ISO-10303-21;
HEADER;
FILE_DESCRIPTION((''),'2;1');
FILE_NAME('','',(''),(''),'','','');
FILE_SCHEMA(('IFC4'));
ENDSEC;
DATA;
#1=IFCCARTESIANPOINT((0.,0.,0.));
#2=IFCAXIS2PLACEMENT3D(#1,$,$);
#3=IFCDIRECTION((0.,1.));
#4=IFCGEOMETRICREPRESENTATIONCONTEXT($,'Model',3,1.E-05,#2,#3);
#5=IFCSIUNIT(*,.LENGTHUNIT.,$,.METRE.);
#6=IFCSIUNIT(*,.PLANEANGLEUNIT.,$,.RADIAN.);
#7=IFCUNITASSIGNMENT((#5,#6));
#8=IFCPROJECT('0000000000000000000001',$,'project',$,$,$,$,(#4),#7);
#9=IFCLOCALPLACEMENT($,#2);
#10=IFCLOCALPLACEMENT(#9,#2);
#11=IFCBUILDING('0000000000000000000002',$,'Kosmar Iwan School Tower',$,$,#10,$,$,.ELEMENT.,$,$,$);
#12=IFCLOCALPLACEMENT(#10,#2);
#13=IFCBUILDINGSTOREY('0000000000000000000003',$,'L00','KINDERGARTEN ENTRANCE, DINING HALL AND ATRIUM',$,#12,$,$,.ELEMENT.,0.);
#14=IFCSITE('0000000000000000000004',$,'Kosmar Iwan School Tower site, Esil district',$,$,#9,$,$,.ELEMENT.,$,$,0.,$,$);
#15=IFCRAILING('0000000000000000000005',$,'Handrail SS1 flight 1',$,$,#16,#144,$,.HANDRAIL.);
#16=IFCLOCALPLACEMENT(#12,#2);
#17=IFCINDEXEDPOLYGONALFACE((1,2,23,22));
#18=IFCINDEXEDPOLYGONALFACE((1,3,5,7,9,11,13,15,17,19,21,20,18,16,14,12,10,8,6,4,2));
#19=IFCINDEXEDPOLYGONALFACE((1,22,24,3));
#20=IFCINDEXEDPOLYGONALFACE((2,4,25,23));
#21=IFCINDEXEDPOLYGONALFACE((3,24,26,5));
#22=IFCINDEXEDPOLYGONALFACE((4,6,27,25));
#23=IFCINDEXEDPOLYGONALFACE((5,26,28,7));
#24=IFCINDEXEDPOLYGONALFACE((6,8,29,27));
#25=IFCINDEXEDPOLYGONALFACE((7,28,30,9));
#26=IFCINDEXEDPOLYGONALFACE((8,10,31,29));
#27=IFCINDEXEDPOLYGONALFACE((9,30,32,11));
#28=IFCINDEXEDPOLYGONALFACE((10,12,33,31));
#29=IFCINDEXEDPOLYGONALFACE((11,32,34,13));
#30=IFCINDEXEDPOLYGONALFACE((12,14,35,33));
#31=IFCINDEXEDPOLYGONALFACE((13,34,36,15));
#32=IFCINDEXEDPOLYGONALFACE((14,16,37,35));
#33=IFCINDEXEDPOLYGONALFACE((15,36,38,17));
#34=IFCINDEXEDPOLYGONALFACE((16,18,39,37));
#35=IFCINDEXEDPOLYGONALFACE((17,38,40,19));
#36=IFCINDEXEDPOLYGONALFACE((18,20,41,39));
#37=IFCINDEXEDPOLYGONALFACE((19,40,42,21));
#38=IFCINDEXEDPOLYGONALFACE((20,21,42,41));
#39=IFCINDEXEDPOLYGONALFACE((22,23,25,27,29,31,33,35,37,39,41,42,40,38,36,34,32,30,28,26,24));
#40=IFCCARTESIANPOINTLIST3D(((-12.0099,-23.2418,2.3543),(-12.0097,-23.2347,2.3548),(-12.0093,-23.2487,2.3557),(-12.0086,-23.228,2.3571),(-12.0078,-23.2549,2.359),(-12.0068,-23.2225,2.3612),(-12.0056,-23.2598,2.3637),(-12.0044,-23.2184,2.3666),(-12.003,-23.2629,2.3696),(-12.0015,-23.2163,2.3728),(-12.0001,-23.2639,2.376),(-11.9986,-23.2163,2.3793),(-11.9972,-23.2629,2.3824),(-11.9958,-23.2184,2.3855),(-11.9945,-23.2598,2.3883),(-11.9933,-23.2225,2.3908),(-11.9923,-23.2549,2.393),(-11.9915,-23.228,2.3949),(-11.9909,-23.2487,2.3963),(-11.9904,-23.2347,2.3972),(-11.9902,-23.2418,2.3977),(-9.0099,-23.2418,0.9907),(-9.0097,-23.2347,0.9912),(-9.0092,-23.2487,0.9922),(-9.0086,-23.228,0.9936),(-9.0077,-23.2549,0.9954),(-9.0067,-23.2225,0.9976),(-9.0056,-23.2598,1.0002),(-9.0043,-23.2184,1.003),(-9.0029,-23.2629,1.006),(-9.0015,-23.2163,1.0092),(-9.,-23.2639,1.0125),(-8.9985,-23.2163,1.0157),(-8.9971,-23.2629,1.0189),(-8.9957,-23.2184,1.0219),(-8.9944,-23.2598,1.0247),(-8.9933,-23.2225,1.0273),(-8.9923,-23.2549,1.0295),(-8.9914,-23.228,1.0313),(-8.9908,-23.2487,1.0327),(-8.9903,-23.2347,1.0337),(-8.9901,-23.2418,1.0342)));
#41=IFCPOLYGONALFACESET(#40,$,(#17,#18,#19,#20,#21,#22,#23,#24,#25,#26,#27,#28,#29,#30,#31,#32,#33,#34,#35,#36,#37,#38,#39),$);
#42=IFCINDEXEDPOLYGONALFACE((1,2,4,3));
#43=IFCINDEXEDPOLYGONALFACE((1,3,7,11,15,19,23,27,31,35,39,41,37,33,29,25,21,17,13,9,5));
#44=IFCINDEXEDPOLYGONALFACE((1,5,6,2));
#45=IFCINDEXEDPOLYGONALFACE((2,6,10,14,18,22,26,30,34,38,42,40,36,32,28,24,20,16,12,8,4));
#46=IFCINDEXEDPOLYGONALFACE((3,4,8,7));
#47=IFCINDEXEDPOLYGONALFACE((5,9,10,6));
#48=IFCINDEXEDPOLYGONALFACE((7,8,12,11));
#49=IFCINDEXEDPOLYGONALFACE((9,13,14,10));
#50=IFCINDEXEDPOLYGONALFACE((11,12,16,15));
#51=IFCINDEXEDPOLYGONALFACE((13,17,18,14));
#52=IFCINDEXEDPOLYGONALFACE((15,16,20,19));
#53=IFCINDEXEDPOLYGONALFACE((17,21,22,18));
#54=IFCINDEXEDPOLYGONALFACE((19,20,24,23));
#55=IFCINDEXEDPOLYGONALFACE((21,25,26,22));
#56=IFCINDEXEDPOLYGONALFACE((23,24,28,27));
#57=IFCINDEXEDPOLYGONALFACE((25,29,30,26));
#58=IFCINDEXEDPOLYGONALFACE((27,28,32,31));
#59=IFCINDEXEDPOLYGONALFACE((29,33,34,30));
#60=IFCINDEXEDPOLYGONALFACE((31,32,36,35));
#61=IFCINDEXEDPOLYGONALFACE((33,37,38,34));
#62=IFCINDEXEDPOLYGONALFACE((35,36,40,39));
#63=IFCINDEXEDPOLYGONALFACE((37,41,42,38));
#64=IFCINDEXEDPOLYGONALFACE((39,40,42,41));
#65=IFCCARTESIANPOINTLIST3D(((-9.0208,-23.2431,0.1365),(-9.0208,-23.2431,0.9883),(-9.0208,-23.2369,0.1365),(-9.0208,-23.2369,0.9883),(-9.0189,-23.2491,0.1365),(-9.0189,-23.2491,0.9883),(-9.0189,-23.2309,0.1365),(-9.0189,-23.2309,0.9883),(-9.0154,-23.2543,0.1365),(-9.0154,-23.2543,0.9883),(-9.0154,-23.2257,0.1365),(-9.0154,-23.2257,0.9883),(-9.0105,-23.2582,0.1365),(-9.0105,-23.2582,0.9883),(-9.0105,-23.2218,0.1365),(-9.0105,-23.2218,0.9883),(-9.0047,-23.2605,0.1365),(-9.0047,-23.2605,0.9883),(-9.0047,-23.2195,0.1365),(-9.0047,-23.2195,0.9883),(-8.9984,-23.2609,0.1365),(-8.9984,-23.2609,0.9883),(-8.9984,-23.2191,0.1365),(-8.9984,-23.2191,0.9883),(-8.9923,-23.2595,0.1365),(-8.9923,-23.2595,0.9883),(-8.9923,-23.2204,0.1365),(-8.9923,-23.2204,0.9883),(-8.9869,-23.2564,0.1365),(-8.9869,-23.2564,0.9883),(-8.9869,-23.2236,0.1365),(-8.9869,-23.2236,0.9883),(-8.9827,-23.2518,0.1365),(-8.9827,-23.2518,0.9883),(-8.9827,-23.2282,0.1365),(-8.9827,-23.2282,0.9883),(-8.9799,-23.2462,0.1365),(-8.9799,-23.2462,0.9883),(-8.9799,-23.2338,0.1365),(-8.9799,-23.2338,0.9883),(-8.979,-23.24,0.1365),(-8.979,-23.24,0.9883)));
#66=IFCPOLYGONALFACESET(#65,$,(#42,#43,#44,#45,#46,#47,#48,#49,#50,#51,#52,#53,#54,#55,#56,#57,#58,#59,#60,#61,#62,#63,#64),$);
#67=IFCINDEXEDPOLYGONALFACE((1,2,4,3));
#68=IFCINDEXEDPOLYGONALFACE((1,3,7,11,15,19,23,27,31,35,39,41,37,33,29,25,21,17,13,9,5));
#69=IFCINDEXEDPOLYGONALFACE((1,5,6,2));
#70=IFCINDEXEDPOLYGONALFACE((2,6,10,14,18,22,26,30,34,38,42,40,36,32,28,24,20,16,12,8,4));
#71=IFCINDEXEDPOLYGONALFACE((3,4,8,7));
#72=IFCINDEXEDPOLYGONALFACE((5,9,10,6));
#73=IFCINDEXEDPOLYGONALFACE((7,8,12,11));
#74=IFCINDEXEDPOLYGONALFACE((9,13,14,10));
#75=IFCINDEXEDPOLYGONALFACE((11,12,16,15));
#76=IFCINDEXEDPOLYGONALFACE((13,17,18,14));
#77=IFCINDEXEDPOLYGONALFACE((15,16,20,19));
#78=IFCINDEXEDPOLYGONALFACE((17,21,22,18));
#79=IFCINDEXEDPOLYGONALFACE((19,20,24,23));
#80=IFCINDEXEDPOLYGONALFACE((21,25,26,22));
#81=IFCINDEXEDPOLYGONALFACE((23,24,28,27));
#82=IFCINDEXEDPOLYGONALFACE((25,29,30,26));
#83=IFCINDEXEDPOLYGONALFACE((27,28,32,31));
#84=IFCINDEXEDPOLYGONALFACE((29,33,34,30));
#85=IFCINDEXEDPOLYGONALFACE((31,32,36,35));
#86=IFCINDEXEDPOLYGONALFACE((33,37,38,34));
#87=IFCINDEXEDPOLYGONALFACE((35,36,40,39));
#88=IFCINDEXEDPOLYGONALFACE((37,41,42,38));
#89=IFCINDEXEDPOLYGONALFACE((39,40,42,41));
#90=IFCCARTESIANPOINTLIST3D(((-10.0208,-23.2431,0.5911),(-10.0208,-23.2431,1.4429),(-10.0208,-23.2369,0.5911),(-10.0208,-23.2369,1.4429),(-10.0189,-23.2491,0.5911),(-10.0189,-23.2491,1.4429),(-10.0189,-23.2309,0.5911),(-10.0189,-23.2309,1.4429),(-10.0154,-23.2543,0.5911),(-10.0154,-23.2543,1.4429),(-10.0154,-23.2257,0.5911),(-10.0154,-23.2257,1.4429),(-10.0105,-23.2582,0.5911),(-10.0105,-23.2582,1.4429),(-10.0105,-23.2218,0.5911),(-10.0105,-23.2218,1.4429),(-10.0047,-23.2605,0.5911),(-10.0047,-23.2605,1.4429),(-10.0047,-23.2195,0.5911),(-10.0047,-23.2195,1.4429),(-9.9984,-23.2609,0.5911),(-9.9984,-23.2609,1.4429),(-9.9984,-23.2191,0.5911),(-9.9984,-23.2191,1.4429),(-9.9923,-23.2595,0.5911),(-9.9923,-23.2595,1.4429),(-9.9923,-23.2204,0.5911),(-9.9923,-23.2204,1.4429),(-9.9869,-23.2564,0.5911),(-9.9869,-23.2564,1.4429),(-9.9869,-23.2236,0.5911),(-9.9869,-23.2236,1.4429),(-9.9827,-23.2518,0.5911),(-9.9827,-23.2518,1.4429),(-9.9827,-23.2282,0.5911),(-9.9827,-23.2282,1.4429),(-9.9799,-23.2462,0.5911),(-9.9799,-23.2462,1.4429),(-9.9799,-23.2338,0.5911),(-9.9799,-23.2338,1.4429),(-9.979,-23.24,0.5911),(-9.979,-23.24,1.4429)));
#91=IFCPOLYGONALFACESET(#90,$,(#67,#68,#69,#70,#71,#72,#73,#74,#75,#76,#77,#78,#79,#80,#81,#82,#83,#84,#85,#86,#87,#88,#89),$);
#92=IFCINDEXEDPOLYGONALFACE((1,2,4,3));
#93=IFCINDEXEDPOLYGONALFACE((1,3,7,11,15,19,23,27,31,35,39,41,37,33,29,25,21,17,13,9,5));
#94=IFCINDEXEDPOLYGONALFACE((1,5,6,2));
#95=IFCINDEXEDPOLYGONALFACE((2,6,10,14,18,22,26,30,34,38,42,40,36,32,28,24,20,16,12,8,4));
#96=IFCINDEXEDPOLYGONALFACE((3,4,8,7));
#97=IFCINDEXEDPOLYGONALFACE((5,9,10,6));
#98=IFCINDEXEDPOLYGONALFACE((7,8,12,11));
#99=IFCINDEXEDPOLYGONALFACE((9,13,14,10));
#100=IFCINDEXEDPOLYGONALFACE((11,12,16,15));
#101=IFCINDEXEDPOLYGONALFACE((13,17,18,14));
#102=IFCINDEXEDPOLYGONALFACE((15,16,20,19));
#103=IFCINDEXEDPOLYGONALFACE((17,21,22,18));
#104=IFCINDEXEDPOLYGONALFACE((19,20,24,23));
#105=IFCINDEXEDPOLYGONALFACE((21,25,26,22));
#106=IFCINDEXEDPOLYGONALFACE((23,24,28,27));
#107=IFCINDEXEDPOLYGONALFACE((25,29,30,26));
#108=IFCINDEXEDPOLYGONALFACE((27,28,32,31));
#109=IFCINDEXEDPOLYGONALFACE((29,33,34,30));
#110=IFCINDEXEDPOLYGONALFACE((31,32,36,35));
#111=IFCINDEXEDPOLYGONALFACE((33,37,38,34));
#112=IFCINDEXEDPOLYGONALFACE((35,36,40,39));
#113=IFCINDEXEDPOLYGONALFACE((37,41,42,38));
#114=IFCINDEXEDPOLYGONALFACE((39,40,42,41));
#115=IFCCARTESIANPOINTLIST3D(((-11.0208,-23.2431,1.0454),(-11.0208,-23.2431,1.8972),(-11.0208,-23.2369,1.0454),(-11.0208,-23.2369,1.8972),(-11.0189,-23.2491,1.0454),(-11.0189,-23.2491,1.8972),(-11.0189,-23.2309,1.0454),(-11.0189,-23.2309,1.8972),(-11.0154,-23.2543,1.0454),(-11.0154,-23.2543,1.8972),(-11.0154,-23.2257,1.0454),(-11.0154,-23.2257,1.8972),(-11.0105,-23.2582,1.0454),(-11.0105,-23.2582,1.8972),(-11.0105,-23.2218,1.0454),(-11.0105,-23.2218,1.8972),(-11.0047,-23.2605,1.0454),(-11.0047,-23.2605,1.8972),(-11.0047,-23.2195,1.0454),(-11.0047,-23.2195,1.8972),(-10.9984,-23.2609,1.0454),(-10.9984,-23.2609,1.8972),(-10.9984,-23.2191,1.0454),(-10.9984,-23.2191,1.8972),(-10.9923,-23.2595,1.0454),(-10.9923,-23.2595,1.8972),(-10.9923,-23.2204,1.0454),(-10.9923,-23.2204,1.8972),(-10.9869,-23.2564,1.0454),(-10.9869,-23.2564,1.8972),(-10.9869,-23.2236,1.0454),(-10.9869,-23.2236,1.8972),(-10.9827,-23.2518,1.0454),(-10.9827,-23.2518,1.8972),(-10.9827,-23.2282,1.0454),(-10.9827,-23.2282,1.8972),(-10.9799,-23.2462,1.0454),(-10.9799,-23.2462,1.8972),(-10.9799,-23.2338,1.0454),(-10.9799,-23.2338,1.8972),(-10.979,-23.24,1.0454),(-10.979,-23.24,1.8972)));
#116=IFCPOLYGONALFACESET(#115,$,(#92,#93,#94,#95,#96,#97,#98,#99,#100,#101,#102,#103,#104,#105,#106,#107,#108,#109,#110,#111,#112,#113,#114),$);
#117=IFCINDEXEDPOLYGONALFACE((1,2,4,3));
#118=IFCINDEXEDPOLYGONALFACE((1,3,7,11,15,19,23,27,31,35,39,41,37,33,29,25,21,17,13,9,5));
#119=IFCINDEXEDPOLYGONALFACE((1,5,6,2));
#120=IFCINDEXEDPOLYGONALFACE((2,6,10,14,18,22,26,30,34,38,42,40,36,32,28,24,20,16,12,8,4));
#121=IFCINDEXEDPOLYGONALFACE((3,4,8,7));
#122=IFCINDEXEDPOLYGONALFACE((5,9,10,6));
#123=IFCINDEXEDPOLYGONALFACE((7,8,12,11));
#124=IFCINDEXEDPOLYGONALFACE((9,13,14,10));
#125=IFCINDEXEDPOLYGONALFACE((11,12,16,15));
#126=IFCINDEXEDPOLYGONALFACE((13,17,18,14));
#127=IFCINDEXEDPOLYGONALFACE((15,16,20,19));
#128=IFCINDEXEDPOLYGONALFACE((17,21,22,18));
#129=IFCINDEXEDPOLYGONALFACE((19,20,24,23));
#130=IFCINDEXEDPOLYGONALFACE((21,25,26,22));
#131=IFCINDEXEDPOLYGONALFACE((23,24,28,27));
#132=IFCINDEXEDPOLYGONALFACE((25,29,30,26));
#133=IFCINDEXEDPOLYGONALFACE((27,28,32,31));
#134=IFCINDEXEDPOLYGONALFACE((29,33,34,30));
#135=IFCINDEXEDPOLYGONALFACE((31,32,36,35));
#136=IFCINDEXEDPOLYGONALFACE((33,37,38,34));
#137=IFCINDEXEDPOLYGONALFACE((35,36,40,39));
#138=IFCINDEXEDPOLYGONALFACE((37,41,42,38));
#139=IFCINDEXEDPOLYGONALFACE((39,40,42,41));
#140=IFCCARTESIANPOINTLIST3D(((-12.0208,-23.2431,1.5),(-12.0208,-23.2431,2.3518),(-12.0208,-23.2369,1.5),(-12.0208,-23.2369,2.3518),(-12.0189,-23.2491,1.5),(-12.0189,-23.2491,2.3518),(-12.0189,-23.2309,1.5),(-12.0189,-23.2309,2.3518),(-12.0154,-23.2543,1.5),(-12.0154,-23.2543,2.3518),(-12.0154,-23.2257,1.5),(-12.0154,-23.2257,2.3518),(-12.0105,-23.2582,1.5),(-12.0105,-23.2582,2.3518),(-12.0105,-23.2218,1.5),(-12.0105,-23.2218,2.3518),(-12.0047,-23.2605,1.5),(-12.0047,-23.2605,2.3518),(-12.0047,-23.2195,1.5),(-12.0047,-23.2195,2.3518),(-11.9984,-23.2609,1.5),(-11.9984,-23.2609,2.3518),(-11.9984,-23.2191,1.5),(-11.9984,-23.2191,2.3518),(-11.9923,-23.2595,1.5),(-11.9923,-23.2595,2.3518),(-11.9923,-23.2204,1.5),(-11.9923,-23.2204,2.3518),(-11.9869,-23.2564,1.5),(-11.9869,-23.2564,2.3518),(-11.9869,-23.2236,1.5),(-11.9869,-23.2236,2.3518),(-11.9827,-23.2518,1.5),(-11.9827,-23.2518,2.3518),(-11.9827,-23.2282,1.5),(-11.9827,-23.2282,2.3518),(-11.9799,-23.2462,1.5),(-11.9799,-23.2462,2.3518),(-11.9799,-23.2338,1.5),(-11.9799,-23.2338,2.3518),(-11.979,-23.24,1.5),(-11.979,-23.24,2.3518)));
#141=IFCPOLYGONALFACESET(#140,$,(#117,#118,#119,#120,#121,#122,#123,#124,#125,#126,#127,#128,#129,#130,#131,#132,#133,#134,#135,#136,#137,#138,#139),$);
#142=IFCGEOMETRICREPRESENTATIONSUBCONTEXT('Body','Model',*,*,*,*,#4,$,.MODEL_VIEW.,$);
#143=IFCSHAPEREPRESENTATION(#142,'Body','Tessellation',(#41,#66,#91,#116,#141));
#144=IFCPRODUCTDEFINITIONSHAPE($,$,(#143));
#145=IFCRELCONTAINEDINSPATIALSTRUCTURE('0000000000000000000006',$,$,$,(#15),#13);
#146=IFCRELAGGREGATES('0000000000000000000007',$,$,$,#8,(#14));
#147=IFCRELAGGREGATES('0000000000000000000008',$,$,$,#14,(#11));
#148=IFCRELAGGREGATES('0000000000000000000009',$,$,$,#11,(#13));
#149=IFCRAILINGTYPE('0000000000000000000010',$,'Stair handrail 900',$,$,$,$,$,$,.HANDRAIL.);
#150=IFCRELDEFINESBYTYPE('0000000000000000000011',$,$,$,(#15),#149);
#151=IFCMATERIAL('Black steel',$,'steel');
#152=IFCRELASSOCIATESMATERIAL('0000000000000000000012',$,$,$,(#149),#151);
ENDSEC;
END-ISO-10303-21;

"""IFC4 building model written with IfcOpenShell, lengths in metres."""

from ifc_helpers import new_model, si_unit, direction, frame, origin, origin_2d, place, context, subcontext, project, spatial, circle, extrude, material, type_object, element, save


model = new_model("IFC4")

# Units and contexts
model_context = context("Model", 3, precision=1e-05, world=origin(), true_north=direction((0.0, 1.0)))
body_context = subcontext(model_context, "Body", "Model", "MODEL_VIEW")
ifc_project = project(units=[si_unit("LENGTHUNIT", "METRE"), si_unit("PLANEANGLEUNIT", "RADIAN")], contexts=[model_context])

# Site, building, storey
site_placement = place(None, origin())
site = spatial("IfcSite", under=ifc_project, at=site_placement, Name="Kosmar Iwan School Tower site, Esil district", CompositionType="ELEMENT", RefElevation=0.0)
building_placement = place(site_placement, origin())
building = spatial("IfcBuilding", under=site, at=building_placement, Name="Kosmar Iwan School Tower", CompositionType="ELEMENT")
storey_placement = place(building_placement, origin())
storey = spatial("IfcBuildingStorey", under=building, at=storey_placement, Name="L00", Description="KINDERGARTEN ENTRANCE, DINING HALL AND ATRIUM", CompositionType="ELEMENT", Elevation=0.0)

# Railing
ifc_material_1 = material(Name="Black steel", Category="steel")
railing_type = type_object("IfcRailingType", Name="Stair handrail 900", PredefinedType="HANDRAIL", material=ifc_material_1)
railing_1_placement = place(storey_placement, frame((-9.0, -23.24, 0.1365)))
element("IfcRailing", 1, at=railing_1_placement, inside=storey, type_object=railing_type, Name="Handrail SS1 flight 1", PredefinedType="HANDRAIL", context=body_context, shape_type="SweptSolid", body=[
    extrude(circle(Radius=0.0239, at=origin_2d()), frame((0.0, 0.0, 0.876), z_axis=(-0.910379, 0.0, 0.413775), x_axis=(0.0, -1.0, 0.0)), (0.0, 0.0, 1.0), 3.2954),
    extrude(circle(Radius=0.021, at=origin_2d()), origin(), (0.0, 0.0, 1.0), 0.8518),
    extrude(circle(Radius=0.021, at=origin_2d()), frame((-1.0, 0.0, 0.4546)), (0.0, 0.0, 1.0), 0.8518),
    extrude(circle(Radius=0.021, at=origin_2d()), frame((-2.0, 0.0, 0.9089)), (0.0, 0.0, 1.0), 0.8518),
    extrude(circle(Radius=0.021, at=origin_2d()), frame((-3.0, 0.0, 1.3635)), (0.0, 0.0, 1.0), 0.8518),
])

save(model, "model.ifc")
